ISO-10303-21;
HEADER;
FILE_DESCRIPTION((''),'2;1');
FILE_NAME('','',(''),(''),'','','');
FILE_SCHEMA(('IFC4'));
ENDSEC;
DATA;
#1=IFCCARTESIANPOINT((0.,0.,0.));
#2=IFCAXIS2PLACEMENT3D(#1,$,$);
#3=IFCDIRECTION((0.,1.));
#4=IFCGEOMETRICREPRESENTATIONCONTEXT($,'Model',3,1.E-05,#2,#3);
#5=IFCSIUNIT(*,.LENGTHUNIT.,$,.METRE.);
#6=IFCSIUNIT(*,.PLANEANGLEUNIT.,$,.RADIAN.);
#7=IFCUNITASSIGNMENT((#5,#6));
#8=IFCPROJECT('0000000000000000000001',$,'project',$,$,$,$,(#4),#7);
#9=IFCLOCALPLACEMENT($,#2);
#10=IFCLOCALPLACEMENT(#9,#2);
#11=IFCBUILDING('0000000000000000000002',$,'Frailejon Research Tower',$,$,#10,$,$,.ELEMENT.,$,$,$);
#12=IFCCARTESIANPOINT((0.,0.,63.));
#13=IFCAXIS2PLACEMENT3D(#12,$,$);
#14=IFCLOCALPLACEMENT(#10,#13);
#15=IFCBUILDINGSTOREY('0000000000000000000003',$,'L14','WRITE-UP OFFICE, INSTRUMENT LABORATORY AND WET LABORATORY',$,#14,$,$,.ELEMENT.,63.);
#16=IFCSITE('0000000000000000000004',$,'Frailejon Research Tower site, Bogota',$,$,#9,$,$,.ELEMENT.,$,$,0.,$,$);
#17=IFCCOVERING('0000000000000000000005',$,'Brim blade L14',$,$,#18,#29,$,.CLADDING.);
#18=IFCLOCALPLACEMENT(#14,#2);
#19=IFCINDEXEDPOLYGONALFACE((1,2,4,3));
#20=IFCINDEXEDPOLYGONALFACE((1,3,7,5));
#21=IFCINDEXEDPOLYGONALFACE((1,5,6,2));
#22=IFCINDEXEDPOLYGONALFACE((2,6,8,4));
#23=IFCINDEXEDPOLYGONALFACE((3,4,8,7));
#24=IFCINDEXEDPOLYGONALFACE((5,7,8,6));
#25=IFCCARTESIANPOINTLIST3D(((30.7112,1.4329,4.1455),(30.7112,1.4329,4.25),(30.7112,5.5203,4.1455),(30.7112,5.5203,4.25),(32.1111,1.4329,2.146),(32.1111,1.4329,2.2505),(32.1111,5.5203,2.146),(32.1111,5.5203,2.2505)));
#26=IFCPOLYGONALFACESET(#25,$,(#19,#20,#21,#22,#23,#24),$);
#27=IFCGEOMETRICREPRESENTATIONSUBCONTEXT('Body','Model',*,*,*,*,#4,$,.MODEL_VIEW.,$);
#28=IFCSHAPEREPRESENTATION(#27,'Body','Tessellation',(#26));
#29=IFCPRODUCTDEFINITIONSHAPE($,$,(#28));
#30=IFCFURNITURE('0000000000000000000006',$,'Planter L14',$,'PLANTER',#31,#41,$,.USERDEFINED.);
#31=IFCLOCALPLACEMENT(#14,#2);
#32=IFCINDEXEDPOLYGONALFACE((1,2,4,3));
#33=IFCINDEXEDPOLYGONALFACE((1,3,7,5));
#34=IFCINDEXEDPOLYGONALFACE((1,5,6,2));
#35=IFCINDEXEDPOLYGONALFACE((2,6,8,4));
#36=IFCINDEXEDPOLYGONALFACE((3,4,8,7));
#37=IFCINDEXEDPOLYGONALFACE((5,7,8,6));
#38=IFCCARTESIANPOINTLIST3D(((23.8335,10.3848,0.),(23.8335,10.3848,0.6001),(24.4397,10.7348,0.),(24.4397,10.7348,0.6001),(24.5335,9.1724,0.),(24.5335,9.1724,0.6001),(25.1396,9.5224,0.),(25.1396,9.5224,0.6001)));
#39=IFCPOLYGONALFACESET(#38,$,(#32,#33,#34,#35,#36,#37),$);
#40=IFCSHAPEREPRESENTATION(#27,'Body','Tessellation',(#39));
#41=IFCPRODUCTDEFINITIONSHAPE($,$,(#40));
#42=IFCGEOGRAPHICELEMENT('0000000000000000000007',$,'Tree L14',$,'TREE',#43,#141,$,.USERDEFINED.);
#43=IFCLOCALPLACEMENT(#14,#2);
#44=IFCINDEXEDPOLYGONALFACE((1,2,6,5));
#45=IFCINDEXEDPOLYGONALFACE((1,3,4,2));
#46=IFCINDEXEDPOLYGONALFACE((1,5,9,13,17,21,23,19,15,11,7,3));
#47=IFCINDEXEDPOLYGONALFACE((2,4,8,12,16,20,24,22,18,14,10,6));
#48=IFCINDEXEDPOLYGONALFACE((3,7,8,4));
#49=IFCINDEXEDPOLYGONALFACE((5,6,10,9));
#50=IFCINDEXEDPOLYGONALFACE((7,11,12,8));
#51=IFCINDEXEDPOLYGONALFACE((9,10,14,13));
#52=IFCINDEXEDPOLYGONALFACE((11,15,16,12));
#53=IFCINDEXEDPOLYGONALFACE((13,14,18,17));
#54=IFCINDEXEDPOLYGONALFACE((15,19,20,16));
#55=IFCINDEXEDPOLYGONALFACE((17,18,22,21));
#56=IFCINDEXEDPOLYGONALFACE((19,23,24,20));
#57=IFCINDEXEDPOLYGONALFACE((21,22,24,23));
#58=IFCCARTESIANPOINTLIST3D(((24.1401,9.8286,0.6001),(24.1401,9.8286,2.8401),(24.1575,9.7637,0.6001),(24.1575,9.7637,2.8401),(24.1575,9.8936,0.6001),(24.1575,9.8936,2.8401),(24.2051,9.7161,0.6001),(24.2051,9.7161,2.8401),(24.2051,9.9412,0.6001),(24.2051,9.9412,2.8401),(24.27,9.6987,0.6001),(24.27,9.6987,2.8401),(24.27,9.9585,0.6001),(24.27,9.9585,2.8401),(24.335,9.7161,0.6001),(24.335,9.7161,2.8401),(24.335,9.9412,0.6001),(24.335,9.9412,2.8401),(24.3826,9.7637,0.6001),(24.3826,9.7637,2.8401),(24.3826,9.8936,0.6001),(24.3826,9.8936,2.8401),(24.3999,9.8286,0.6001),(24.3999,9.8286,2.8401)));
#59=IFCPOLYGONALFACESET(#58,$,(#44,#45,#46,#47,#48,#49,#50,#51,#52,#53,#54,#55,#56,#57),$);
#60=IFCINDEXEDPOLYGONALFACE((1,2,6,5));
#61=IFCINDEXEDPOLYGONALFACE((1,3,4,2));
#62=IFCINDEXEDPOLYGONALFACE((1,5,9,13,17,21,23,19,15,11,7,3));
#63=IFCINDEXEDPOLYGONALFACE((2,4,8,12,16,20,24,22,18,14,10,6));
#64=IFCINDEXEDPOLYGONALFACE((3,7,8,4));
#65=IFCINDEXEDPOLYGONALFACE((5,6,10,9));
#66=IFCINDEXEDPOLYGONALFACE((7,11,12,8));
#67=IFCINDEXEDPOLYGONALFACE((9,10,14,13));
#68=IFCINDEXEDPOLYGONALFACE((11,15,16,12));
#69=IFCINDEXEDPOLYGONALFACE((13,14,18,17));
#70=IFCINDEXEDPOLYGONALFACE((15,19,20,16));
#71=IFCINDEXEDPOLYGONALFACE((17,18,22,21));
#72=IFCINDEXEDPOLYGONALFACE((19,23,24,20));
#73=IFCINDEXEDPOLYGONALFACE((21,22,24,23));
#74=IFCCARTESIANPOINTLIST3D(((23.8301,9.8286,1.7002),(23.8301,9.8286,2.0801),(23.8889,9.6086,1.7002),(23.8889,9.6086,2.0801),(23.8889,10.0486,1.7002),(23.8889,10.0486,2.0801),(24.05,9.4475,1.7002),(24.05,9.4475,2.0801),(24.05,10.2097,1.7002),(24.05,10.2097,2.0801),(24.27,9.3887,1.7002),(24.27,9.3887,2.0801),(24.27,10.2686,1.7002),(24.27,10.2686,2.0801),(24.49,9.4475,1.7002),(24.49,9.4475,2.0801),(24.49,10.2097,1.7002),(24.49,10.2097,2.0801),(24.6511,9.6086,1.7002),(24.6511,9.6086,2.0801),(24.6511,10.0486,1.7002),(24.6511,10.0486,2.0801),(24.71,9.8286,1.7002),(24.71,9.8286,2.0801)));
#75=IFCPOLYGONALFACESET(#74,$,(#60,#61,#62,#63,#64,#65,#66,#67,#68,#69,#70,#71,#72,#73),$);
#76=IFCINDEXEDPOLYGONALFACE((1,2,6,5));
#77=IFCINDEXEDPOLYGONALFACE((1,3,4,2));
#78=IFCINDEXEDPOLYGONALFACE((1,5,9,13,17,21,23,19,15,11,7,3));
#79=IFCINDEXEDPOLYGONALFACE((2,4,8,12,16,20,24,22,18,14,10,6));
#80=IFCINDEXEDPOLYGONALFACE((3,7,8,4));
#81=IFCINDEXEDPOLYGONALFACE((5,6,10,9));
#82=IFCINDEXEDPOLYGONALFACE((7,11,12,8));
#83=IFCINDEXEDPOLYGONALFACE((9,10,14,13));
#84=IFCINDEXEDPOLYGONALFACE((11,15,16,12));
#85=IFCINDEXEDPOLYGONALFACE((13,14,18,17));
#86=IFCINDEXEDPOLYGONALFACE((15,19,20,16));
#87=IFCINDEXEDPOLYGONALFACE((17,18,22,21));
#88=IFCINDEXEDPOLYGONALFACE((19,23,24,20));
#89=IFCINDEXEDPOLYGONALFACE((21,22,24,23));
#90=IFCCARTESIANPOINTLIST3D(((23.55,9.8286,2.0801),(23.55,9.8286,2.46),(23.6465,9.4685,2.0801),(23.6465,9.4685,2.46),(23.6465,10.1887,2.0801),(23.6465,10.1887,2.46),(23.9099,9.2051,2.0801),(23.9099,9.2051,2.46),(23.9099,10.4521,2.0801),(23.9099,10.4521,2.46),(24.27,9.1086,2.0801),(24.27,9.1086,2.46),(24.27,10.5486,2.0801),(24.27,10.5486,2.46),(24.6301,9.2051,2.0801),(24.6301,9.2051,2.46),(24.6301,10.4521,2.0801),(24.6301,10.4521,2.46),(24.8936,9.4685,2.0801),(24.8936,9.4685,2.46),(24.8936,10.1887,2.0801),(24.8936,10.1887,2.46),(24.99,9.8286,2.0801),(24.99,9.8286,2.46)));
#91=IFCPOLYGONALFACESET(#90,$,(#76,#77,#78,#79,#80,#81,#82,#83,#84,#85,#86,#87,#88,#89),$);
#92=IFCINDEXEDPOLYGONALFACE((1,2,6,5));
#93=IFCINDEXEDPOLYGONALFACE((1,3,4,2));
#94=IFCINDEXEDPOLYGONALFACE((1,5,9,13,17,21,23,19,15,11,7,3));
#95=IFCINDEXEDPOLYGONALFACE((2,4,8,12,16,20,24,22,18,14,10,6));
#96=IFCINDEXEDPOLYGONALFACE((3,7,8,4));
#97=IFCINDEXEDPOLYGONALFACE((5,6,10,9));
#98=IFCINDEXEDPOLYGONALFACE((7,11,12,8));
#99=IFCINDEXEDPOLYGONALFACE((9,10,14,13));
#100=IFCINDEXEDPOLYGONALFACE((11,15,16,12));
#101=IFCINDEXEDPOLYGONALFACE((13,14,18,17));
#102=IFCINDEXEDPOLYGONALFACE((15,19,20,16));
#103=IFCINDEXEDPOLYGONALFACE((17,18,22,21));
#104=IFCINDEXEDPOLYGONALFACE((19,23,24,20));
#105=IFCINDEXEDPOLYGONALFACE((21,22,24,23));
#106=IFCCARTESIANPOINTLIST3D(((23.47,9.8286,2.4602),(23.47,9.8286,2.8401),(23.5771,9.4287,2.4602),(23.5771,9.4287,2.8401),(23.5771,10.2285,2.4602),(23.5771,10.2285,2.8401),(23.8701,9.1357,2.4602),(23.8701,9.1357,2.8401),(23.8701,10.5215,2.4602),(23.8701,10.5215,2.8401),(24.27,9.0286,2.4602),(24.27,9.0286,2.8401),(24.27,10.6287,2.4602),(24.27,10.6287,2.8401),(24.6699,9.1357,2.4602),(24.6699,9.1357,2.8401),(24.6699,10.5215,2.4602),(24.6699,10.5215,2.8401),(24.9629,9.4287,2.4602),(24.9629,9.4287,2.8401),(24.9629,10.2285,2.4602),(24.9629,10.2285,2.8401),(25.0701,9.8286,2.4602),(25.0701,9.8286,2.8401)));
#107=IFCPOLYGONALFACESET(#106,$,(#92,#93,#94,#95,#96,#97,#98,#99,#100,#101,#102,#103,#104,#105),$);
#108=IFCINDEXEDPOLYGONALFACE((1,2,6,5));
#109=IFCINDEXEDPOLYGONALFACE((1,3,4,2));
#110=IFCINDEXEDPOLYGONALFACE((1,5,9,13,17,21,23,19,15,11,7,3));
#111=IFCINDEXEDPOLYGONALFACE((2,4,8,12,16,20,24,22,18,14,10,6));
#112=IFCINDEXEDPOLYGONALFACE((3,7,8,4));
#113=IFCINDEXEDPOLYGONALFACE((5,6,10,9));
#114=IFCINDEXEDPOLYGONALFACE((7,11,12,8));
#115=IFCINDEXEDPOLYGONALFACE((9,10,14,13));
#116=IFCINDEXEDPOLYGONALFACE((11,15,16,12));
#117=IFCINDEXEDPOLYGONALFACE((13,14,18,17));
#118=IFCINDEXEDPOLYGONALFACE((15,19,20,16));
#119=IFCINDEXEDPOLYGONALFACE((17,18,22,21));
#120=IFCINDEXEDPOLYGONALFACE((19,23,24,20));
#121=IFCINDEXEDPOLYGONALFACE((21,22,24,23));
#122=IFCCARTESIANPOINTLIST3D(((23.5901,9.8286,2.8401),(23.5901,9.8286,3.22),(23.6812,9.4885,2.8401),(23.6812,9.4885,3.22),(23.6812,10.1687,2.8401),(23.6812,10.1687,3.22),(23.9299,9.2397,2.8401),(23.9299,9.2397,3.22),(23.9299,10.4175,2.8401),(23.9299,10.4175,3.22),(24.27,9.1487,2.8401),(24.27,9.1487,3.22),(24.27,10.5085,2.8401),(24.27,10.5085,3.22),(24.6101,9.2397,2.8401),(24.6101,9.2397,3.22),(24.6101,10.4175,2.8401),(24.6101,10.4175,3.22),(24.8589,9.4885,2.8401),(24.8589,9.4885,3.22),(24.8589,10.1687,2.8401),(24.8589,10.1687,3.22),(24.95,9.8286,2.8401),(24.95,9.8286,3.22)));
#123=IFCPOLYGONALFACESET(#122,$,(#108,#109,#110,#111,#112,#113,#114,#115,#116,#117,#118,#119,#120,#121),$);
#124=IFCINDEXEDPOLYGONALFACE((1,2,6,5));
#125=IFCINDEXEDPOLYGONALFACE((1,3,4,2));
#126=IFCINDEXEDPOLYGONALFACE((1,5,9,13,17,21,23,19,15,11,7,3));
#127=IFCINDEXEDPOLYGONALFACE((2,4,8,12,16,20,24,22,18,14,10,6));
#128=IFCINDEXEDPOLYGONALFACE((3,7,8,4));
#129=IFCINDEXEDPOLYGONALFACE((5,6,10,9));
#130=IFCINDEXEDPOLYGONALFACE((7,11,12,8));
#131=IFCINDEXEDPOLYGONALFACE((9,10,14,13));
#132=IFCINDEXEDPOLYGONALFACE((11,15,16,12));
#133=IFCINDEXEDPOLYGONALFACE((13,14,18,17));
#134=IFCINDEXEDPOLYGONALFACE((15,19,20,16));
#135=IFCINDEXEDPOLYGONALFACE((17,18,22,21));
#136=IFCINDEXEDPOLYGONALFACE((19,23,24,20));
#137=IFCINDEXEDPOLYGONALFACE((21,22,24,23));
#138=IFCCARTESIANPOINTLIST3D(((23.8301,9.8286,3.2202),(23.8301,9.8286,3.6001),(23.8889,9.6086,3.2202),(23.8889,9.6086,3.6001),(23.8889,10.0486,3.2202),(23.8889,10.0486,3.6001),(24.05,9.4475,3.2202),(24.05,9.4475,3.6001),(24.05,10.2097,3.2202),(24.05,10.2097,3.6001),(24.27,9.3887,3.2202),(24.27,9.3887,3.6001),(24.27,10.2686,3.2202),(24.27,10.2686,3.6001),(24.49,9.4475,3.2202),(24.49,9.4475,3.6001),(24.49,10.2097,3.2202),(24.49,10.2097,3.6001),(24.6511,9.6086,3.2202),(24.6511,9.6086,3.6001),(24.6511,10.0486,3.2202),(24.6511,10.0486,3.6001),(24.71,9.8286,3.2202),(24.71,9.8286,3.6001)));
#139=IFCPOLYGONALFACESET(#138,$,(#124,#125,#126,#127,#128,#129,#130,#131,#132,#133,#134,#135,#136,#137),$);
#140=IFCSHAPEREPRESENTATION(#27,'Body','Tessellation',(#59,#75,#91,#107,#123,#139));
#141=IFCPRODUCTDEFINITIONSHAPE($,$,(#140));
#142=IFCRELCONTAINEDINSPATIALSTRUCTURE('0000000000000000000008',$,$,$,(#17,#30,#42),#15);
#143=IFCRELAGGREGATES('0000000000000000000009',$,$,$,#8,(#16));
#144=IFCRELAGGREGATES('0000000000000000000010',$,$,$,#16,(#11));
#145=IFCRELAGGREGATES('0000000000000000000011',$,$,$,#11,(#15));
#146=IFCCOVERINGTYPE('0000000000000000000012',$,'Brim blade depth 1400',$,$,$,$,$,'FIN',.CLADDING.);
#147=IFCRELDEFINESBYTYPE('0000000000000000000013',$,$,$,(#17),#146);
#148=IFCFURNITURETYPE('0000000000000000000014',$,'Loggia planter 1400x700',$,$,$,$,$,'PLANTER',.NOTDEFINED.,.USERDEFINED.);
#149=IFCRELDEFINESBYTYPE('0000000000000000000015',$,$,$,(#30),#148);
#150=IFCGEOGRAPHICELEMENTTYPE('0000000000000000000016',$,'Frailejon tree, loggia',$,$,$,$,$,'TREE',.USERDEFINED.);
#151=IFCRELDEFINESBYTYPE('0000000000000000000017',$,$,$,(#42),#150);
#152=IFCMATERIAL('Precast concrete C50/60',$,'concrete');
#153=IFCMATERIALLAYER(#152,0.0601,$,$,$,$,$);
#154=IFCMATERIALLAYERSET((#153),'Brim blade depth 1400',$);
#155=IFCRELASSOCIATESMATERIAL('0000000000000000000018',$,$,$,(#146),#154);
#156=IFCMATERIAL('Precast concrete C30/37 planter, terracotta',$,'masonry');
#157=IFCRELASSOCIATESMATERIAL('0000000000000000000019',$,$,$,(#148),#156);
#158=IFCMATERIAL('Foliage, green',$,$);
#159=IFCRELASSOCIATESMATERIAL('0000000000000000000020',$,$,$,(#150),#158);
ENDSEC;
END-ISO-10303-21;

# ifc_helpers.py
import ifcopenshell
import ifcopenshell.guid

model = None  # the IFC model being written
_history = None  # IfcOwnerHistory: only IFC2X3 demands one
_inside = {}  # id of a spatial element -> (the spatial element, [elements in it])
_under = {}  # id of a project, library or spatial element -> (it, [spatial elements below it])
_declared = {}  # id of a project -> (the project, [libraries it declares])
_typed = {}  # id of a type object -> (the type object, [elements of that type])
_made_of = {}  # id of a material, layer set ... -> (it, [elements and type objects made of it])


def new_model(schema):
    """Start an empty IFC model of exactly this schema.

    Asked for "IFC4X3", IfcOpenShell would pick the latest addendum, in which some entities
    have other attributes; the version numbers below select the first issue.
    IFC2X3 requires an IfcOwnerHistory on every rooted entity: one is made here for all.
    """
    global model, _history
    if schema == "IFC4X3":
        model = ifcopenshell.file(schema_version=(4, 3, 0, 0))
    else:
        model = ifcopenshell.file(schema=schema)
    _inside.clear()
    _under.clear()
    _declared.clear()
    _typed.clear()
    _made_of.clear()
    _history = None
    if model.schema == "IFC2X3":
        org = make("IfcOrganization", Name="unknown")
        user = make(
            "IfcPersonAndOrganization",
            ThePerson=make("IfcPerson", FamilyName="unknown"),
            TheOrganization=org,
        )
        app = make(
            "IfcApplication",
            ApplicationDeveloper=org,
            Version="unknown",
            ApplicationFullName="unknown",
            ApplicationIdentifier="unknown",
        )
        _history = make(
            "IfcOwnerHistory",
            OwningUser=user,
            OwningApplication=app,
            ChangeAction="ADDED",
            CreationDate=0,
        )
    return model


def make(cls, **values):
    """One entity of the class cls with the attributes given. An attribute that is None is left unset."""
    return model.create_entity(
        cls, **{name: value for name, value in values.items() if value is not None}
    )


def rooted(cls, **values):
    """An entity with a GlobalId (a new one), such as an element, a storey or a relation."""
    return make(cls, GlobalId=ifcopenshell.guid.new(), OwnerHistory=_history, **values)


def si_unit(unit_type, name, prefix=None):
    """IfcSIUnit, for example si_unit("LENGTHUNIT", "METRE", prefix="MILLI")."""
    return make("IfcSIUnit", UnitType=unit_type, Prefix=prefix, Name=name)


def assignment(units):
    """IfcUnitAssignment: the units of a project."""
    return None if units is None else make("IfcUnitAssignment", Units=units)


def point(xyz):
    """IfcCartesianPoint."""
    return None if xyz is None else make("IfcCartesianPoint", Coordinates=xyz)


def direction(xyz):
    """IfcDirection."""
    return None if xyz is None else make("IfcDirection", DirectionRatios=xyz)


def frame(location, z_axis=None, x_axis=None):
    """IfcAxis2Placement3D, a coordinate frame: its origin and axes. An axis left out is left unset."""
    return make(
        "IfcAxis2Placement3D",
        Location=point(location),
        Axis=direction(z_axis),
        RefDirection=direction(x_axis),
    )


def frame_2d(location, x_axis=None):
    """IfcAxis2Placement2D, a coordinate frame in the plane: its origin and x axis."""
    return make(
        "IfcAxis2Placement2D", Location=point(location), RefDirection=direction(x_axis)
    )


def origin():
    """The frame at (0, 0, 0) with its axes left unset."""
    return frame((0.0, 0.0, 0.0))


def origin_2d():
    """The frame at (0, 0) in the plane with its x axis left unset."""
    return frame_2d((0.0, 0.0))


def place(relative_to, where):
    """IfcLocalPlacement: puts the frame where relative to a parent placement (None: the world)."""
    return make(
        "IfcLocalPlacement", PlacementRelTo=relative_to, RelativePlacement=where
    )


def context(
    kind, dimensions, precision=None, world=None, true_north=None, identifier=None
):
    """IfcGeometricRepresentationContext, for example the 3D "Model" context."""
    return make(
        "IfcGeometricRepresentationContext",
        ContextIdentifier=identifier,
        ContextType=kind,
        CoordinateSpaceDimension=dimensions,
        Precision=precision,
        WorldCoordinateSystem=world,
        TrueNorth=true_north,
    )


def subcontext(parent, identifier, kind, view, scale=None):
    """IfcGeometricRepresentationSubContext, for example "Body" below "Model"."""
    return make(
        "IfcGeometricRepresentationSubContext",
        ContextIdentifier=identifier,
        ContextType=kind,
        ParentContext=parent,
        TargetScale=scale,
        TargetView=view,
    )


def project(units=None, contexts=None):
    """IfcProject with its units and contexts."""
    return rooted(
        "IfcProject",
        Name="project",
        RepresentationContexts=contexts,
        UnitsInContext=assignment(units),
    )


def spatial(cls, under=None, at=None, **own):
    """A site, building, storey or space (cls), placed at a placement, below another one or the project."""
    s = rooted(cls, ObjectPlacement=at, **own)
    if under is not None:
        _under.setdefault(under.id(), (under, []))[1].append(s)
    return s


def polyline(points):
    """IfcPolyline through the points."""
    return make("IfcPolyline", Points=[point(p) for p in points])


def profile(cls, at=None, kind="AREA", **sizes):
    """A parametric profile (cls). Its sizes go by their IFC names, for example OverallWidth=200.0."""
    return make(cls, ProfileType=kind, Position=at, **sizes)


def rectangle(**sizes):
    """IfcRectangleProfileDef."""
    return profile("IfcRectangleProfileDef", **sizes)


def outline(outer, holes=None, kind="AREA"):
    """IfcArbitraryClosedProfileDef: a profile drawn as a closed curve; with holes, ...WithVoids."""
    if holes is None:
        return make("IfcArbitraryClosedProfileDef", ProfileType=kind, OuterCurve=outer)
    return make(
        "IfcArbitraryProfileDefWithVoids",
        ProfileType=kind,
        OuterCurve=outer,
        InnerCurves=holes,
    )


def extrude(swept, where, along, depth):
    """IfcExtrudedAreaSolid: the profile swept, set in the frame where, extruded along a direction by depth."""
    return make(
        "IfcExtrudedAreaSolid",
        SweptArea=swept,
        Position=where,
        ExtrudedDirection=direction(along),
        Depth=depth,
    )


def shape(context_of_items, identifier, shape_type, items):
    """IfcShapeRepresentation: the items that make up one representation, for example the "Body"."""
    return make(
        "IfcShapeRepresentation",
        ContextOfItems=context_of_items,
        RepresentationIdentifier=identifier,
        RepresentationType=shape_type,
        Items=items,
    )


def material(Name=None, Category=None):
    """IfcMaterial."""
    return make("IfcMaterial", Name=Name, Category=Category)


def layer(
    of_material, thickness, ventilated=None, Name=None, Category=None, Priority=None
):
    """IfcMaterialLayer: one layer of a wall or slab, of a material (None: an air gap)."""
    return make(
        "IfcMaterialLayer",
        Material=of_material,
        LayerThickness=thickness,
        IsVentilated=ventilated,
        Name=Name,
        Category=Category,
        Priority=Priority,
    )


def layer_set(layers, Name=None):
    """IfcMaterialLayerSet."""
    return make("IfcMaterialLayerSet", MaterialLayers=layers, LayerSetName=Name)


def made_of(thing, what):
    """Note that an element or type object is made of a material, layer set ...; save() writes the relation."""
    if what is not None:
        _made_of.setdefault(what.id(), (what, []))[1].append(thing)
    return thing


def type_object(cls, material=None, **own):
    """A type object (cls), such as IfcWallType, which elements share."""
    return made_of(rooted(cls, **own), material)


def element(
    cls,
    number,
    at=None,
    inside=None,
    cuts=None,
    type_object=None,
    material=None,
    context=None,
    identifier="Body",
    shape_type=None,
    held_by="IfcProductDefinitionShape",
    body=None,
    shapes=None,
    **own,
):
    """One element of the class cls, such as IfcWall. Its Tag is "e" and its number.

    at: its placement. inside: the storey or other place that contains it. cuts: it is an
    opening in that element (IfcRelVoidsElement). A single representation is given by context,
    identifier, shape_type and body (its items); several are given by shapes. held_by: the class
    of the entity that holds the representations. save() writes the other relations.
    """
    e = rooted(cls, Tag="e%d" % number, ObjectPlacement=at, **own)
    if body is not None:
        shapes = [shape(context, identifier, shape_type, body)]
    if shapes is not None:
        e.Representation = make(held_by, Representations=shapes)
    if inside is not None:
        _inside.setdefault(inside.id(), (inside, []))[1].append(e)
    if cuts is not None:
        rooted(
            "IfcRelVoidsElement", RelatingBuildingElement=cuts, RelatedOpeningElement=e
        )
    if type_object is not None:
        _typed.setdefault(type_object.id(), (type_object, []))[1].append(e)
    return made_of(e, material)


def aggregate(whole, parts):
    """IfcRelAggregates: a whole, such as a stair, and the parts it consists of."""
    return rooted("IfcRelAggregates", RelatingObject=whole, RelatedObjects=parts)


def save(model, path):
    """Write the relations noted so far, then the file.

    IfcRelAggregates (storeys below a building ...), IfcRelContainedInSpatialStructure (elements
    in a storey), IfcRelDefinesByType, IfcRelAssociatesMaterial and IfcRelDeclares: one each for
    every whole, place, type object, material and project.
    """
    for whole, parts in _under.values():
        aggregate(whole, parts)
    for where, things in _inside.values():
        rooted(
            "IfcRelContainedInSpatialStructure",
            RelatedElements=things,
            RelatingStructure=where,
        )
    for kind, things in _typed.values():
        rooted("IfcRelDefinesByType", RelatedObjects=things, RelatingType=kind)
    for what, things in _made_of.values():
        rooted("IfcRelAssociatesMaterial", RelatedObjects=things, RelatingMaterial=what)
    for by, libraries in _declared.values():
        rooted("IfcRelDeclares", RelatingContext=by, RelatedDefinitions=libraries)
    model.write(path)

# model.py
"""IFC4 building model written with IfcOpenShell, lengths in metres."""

from ifc_helpers import new_model, si_unit, direction, frame, origin, origin_2d, place, context, subcontext, project, spatial, polyline, rectangle, outline, extrude, material, layer, layer_set, type_object, element, save


model = new_model("IFC4")

# Units and contexts
model_context = context("Model", 3, precision=1e-05, world=origin(), true_north=direction((0.0, 1.0)))
body_context = subcontext(model_context, "Body", "Model", "MODEL_VIEW")
ifc_project = project(units=[si_unit("LENGTHUNIT", "METRE"), si_unit("PLANEANGLEUNIT", "RADIAN")], contexts=[model_context])

# Site, building, storey
site_placement = place(None, origin())
site = spatial("IfcSite", under=ifc_project, at=site_placement, Name="Frailejon Research Tower site, Bogota", CompositionType="ELEMENT", RefElevation=0.0)
building_placement = place(site_placement, origin())
building = spatial("IfcBuilding", under=site, at=building_placement, Name="Frailejon Research Tower", CompositionType="ELEMENT")
storey_placement = place(building_placement, frame((0.0, 0.0, 63.0)))
storey = spatial("IfcBuildingStorey", under=building, at=storey_placement, Name="L14", Description="WRITE-UP OFFICE, INSTRUMENT LABORATORY AND WET LABORATORY", CompositionType="ELEMENT", Elevation=63.0)

# Covering
ifc_material_1 = material(Name="Precast concrete C50/60", Category="concrete")
ifc_layer_1 = layer(ifc_material_1, 0.0601)
ifc_layer_set_1 = layer_set([ifc_layer_1], Name="Brim blade depth 1400")
covering_type_1 = type_object("IfcCoveringType", Name="Brim blade depth 1400", ElementType="FIN", PredefinedType="CLADDING", material=ifc_layer_set_1)
covering_1_placement = place(storey_placement, frame((30.7112, 5.5203, 4.25), z_axis=(0.0, -1.0, 0.0), x_axis=(1.0, 0.0, 0.0)))
element("IfcCovering", 1, at=covering_1_placement, inside=storey, type_object=covering_type_1, Name="Brim blade L14", PredefinedType="CLADDING", context=body_context, shape_type="SweptSolid", body=[
    extrude(outline(polyline([(0.0, -0.1045), (1.3999, -2.104), (1.3999, -1.9995), (0.0, 0.0), (0.0, -0.1045)])), origin(), (0.0, 0.0, 1.0), 4.0874),
])

# Furniture
ifc_material_2 = material(Name="Precast concrete C30/37 planter, terracotta", Category="masonry")
furniture_type = type_object("IfcFurnitureType", Name="Loggia planter 1400x700", ElementType="PLANTER", AssemblyPlace="NOTDEFINED", PredefinedType="USERDEFINED", material=ifc_material_2)
furniture_placement = place(storey_placement, frame((24.4866, 9.9536, 0.0), z_axis=(0.0, 0.0, 1.0), x_axis=(-0.5, 0.866025, 0.0)))
element("IfcFurniture", 2, at=furniture_placement, inside=storey, type_object=furniture_type, Name="Planter L14", ObjectType="PLANTER", PredefinedType="USERDEFINED", context=body_context, shape_type="SweptSolid", body=[
    extrude(rectangle(XDim=1.3999, YDim=0.7, at=origin_2d()), origin(), (0.0, 0.0, 1.0), 0.6001),
])

# Geographic element
ifc_material_3 = material(Name="Foliage, green")
geographic_element_type = type_object("IfcGeographicElementType", Name="Frailejon tree, loggia", ElementType="TREE", PredefinedType="USERDEFINED", material=ifc_material_3)
geographic_element_placement = place(storey_placement, frame((24.27, 9.8286, 0.6001)))
element("IfcGeographicElement", 3, at=geographic_element_placement, inside=storey, type_object=geographic_element_type, Name="Tree L14", ObjectType="TREE", PredefinedType="USERDEFINED", context=body_context, shape_type="SweptSolid", body=[
    extrude(outline(polyline([(0.1299, 0.0), (0.1125, 0.0649), (0.0649, 0.1125), (0.0, 0.1299), (-0.0649, 0.1125), (-0.1125, 0.0649), (-0.1299, 0.0), (-0.1125, -0.0649), (-0.0649, -0.1125), (0.0, -0.1299), (0.0649, -0.1125), (0.1125, -0.0649), (0.1299, 0.0)])), origin(), (0.0, 0.0, 1.0), 2.24),
    extrude(outline(polyline([(0.4399, 0.0), (0.3811, 0.22), (0.22, 0.3811), (0.0, 0.4399), (-0.22, 0.3811), (-0.3811, 0.22), (-0.4399, 0.0), (-0.3811, -0.22), (-0.22, -0.3811), (0.0, -0.4399), (0.22, -0.3811), (0.3811, -0.22), (0.4399, 0.0)])), frame((0.0, 0.0, 1.1001)), (0.0, 0.0, 1.0), 0.3799),
    extrude(outline(polyline([(0.72, 0.0), (0.6235, 0.3601), (0.3601, 0.6235), (0.0, 0.72), (-0.3601, 0.6235), (-0.6235, 0.3601), (-0.72, 0.0), (-0.6235, -0.3601), (-0.3601, -0.6235), (0.0, -0.72), (0.3601, -0.6235), (0.6235, -0.3601), (0.72, 0.0)])), frame((0.0, 0.0, 1.48)), (0.0, 0.0, 1.0), 0.3799),
    extrude(outline(polyline([(0.8, 0.0), (0.6929, 0.3999), (0.3999, 0.6929), (0.0, 0.8), (-0.3999, 0.6929), (-0.6929, 0.3999), (-0.8, 0.0), (-0.6929, -0.3999), (-0.3999, -0.6929), (0.0, -0.8), (0.3999, -0.6929), (0.6929, -0.3999), (0.8, 0.0)])), frame((0.0, 0.0, 1.8601)), (0.0, 0.0, 1.0), 0.3799),
    extrude(outline(polyline([(0.6799, 0.0), (0.5889, 0.3401), (0.3401, 0.5889), (0.0, 0.6799), (-0.3401, 0.5889), (-0.5889, 0.3401), (-0.6799, 0.0), (-0.5889, -0.3401), (-0.3401, -0.5889), (0.0, -0.6799), (0.3401, -0.5889), (0.5889, -0.3401), (0.6799, 0.0)])), frame((0.0, 0.0, 2.24)), (0.0, 0.0, 1.0), 0.3799),
    extrude(outline(polyline([(0.4399, 0.0), (0.3811, 0.22), (0.22, 0.3811), (0.0, 0.4399), (-0.22, 0.3811), (-0.3811, 0.22), (-0.4399, 0.0), (-0.3811, -0.22), (-0.22, -0.3811), (0.0, -0.4399), (0.22, -0.3811), (0.3811, -0.22), (0.4399, 0.0)])), frame((0.0, 0.0, 2.6201)), (0.0, 0.0, 1.0), 0.3799),
])

save(model, "model.ifc")
